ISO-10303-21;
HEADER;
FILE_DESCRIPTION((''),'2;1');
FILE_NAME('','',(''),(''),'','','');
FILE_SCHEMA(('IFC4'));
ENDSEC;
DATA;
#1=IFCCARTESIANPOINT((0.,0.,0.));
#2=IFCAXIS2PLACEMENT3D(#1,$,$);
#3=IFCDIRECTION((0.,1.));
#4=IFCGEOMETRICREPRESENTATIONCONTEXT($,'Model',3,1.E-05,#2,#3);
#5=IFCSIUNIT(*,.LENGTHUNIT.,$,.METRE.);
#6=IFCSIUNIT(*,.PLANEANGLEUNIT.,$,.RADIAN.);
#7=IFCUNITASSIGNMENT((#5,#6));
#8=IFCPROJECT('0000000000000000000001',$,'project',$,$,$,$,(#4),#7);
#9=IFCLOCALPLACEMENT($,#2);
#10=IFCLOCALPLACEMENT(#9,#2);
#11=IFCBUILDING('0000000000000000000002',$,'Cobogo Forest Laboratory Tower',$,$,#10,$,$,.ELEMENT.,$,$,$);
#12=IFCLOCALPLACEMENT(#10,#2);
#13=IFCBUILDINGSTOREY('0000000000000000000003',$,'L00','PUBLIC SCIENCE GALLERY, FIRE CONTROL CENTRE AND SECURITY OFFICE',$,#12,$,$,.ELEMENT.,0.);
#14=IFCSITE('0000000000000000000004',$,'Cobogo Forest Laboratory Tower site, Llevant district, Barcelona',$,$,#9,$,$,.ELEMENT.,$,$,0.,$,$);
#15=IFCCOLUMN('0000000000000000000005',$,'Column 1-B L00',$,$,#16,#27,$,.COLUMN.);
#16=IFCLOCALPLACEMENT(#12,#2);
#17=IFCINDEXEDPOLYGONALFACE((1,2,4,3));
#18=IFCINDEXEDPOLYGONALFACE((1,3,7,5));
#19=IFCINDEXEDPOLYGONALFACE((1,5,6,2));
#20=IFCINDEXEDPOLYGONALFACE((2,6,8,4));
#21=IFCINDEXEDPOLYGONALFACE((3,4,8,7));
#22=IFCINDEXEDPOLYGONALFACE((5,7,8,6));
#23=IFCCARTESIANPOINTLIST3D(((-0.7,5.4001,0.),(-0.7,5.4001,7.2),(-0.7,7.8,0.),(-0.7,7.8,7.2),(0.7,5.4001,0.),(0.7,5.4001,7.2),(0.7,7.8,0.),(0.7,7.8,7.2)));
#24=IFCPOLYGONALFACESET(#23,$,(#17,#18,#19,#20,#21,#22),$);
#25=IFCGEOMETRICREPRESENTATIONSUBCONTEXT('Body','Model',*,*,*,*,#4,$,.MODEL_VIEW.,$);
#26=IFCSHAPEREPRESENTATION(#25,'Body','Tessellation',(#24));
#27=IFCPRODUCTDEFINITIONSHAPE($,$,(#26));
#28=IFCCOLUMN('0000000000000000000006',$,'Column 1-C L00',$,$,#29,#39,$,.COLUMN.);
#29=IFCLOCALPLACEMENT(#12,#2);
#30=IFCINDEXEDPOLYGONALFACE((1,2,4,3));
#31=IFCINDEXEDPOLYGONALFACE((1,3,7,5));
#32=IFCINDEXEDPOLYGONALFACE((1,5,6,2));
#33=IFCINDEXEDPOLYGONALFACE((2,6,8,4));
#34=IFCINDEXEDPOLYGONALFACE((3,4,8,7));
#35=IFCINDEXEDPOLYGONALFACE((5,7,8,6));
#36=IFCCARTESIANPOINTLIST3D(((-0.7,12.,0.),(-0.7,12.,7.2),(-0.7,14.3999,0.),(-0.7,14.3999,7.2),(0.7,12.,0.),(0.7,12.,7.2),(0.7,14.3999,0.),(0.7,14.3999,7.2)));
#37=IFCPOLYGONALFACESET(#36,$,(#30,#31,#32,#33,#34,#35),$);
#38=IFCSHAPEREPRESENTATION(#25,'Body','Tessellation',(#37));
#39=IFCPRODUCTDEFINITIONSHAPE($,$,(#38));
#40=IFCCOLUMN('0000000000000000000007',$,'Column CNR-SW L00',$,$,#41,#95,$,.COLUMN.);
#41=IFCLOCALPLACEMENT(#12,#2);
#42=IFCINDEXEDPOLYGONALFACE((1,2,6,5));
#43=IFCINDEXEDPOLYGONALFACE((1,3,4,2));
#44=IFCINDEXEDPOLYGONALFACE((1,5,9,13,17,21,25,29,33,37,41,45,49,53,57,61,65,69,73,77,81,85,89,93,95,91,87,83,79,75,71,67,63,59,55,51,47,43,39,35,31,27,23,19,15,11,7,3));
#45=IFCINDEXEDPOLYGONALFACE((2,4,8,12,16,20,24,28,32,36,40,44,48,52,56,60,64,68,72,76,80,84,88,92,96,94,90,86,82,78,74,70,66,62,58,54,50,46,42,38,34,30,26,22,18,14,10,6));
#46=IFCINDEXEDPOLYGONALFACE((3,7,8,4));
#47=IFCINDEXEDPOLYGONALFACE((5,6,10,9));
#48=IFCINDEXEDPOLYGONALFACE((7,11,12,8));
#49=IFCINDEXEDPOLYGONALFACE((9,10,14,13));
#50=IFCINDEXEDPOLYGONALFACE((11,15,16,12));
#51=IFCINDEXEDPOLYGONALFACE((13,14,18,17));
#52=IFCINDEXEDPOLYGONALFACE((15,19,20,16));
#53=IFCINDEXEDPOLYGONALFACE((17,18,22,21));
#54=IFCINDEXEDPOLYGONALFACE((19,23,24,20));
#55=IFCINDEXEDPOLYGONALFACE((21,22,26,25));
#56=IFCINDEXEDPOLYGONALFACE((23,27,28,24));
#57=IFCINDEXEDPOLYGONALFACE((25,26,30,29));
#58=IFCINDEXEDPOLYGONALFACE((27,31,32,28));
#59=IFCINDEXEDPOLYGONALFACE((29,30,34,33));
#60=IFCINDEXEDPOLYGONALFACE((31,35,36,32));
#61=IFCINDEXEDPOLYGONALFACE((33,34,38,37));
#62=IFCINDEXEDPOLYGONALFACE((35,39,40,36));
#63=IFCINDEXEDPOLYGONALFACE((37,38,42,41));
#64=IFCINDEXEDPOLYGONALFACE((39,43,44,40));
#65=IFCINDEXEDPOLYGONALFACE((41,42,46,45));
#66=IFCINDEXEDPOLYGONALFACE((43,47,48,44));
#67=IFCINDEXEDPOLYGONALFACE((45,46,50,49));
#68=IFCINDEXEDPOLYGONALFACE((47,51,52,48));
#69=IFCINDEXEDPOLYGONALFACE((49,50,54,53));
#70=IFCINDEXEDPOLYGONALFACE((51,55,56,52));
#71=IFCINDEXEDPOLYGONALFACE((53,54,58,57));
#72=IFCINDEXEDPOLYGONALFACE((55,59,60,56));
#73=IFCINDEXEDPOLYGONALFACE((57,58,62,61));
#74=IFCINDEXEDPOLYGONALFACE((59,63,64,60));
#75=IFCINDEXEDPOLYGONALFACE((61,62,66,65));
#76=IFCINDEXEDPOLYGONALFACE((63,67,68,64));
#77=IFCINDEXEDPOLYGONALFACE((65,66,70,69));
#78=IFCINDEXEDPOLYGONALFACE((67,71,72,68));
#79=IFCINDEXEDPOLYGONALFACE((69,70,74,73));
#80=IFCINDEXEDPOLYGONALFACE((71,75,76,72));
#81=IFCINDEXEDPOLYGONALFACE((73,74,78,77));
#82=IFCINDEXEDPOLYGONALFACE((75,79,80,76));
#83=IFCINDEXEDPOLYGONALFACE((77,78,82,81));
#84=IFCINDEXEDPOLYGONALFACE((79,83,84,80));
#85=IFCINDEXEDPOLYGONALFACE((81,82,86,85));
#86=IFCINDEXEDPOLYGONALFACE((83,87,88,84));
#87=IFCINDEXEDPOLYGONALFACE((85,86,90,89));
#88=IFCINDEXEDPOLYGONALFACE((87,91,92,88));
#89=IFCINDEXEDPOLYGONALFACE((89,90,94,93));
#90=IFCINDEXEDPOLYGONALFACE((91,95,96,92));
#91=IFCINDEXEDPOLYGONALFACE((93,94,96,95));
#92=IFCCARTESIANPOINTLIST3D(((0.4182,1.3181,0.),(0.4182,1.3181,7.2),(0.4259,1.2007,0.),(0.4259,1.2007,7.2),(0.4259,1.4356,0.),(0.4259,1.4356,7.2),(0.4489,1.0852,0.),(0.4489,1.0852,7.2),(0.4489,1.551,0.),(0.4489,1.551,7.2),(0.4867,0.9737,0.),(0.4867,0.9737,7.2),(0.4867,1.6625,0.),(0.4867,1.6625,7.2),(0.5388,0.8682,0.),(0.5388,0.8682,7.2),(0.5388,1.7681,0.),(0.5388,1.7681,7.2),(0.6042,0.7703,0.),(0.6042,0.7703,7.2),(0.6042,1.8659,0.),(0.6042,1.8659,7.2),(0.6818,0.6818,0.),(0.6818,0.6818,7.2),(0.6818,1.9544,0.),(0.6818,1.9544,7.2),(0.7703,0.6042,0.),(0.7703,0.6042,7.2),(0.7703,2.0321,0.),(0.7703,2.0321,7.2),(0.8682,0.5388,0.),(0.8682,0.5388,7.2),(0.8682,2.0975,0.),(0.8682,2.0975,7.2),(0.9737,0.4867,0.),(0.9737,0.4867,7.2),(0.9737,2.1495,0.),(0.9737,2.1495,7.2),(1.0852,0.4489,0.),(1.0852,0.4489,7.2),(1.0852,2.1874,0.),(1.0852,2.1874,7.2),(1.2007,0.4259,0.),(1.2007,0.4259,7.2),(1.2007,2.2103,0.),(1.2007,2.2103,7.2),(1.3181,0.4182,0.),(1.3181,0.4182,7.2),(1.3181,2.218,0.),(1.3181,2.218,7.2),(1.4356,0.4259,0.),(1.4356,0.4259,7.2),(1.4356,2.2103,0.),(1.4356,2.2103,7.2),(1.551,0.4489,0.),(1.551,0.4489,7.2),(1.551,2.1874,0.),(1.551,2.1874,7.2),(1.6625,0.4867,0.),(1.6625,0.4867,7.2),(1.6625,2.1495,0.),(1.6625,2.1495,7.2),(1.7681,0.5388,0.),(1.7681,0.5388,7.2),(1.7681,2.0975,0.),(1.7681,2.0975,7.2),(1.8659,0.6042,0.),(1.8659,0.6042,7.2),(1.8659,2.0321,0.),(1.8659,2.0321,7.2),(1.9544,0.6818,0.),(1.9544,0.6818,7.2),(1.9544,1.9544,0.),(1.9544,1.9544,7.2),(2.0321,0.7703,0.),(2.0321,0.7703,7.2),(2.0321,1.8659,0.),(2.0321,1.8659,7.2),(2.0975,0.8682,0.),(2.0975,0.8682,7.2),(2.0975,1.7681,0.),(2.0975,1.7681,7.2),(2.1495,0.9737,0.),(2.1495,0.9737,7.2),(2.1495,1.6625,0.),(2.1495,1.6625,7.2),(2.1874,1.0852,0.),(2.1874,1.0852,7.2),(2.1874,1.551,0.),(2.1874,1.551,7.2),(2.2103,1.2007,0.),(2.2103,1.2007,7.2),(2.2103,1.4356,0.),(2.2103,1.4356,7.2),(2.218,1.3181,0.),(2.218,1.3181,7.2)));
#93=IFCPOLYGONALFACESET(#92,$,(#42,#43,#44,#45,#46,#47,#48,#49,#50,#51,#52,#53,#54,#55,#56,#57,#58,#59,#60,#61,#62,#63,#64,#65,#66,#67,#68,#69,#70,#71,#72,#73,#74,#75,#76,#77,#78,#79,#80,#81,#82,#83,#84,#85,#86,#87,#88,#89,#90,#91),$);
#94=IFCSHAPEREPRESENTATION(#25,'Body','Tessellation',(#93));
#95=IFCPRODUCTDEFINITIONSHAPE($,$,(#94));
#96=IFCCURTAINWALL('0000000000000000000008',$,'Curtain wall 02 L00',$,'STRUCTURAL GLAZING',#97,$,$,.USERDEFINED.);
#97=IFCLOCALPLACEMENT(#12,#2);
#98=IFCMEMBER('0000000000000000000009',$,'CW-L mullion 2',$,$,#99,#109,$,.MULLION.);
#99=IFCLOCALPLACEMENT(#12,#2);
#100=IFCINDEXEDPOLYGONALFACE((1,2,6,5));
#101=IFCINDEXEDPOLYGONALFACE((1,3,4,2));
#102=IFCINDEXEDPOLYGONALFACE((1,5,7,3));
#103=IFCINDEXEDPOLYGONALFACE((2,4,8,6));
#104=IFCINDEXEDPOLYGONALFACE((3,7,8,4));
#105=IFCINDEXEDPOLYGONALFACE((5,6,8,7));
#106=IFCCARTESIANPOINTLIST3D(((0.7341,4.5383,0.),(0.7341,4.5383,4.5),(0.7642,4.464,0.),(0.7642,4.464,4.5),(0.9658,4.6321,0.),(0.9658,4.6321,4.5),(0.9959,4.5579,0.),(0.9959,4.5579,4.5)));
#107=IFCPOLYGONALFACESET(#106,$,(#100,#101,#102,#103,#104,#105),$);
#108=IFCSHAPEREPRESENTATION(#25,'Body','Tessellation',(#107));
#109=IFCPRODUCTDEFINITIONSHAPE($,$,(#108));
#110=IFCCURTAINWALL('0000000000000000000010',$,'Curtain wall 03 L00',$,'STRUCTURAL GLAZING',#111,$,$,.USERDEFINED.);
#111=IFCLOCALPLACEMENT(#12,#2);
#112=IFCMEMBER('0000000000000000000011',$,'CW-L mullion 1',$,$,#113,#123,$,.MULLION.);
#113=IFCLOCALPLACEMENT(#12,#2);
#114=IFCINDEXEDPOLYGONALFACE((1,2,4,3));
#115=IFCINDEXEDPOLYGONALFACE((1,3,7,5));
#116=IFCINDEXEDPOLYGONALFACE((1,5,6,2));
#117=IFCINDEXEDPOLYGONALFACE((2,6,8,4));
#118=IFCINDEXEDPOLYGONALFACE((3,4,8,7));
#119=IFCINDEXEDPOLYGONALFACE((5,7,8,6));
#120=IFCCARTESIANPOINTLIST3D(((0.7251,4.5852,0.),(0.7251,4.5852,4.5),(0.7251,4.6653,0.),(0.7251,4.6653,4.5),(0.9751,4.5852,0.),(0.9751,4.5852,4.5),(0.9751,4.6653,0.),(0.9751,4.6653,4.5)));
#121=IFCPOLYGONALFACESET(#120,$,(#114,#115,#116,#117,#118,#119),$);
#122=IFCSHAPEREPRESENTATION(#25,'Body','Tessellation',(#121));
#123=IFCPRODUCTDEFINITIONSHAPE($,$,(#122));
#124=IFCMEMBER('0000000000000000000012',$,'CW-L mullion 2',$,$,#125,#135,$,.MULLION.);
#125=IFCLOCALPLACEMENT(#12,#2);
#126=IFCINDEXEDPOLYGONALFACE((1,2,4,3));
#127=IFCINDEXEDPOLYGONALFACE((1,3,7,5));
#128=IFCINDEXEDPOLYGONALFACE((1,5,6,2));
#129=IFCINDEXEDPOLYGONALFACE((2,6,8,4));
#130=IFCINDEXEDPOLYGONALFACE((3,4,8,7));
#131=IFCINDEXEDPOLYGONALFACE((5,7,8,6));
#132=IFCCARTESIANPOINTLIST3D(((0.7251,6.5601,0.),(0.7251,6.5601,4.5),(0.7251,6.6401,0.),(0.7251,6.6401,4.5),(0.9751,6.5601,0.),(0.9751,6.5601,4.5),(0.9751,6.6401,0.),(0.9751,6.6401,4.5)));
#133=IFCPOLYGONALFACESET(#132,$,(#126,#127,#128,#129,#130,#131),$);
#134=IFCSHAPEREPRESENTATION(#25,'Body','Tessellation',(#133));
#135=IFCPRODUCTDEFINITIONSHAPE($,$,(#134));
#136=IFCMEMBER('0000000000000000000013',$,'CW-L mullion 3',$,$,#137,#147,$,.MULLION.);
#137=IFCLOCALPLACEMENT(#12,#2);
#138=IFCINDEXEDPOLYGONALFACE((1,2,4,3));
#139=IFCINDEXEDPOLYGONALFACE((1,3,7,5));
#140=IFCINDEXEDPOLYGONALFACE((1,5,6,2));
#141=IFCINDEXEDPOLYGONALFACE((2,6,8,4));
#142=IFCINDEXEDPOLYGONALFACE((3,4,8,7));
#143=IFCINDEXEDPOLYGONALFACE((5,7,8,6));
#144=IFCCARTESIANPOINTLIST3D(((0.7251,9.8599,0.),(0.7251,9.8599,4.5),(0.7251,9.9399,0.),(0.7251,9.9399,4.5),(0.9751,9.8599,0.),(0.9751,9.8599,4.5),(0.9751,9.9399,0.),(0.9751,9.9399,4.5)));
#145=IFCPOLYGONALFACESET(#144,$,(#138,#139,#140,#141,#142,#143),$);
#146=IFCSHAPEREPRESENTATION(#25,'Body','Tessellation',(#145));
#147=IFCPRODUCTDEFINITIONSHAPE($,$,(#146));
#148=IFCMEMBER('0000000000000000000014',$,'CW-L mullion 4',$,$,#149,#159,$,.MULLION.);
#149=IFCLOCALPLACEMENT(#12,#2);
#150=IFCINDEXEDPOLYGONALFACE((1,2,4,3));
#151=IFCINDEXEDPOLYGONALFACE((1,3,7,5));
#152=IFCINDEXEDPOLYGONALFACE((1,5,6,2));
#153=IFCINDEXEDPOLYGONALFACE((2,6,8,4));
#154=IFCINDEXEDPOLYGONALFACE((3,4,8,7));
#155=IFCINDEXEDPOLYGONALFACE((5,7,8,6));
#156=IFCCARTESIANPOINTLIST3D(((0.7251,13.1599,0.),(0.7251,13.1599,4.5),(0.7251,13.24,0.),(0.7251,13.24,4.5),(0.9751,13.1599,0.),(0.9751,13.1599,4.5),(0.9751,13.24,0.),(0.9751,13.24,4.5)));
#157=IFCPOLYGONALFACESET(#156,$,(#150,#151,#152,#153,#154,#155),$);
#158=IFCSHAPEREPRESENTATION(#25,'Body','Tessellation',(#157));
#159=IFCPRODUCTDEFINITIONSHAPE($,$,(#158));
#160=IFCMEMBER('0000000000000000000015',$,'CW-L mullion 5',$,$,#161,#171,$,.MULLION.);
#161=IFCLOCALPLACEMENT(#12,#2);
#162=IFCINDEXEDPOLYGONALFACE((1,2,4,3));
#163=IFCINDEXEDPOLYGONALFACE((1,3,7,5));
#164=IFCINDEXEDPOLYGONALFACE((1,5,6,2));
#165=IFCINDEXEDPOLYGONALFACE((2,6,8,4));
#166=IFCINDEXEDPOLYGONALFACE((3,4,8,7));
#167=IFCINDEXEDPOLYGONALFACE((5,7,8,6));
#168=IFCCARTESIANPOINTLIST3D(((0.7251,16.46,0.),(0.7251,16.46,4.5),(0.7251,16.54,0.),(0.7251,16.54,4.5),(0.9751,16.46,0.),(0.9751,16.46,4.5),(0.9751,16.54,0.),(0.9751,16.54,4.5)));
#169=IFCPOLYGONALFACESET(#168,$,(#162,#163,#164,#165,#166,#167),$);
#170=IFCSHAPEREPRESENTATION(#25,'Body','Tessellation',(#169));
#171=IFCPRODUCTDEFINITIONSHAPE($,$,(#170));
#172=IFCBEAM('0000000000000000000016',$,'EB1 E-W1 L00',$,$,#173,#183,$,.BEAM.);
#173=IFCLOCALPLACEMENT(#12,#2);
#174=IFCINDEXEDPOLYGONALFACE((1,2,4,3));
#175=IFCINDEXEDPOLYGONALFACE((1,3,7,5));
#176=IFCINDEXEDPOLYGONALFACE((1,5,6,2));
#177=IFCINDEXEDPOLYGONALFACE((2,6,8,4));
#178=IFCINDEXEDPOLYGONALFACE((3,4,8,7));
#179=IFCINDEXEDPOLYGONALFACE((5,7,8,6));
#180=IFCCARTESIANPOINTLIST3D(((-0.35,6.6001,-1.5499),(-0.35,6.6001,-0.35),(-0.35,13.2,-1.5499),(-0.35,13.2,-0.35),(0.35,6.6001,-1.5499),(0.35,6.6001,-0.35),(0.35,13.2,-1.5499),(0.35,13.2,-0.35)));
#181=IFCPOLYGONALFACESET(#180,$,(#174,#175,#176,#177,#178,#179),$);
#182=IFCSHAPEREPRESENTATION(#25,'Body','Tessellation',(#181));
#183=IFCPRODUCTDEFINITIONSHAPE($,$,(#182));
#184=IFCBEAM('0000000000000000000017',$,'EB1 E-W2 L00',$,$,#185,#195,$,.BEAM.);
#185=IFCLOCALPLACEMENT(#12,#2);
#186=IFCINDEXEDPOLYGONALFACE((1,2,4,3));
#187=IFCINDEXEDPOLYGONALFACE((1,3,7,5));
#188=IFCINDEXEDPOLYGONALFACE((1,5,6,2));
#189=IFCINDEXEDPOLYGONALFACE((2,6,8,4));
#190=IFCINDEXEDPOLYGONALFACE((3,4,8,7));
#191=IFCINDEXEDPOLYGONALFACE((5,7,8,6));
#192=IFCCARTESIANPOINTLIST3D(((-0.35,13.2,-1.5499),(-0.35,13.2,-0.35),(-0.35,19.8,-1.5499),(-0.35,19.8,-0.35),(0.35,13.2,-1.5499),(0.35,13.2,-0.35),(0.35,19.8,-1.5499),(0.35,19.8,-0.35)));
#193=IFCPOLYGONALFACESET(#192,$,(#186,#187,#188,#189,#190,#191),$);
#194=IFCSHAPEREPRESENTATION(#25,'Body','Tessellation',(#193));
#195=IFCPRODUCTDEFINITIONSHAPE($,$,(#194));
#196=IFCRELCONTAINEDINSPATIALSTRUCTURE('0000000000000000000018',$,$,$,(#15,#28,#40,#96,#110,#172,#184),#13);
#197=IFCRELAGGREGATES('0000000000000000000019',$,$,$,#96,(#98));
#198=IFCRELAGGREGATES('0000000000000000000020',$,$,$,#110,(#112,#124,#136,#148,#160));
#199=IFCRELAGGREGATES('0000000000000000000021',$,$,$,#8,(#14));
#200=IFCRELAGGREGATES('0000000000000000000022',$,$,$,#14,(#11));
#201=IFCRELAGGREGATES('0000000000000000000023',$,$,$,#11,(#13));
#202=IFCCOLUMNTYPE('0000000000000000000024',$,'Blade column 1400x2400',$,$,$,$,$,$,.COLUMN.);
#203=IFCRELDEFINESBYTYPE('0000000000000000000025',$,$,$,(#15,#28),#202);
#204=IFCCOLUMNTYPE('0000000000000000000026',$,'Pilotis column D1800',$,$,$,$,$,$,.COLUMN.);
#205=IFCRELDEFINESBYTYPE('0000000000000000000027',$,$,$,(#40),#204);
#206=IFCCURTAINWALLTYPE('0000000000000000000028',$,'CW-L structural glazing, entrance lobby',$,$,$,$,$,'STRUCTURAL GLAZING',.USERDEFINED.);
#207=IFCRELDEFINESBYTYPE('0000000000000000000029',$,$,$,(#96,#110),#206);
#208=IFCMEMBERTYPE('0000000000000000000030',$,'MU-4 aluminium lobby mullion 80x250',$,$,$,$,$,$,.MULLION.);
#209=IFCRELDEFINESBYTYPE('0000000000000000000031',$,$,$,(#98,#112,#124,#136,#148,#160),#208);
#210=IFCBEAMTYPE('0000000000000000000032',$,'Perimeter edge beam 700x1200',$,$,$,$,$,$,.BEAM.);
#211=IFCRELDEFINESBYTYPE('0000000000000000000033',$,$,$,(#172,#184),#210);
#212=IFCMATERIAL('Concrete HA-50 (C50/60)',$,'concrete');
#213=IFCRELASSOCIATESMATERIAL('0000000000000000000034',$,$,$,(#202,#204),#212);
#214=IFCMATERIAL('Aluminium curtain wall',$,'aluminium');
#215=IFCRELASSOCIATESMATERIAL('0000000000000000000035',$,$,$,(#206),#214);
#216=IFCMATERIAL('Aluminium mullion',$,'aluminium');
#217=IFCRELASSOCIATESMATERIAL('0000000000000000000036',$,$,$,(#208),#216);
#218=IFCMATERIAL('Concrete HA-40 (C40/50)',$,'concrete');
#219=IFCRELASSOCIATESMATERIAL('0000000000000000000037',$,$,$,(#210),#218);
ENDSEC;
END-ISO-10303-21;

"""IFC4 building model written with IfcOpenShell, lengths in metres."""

from ifc_helpers import new_model, si_unit, direction, frame, origin, origin_2d, place, context, subcontext, project, spatial, rectangle, circle, extrude, material, material_profile, profile_set, type_object, element, aggregate, save


model = new_model("IFC4")

# Units and contexts
model_context = context("Model", 3, precision=1e-05, world=origin(), true_north=direction((0.0, 1.0)))
body_context = subcontext(model_context, "Body", "Model", "MODEL_VIEW")
ifc_project = project(units=[si_unit("LENGTHUNIT", "METRE"), si_unit("PLANEANGLEUNIT", "RADIAN")], contexts=[model_context])

# Site, building, storey
site_placement = place(None, origin())
site = spatial("IfcSite", under=ifc_project, at=site_placement, Name="Cobogo Forest Laboratory Tower site, Llevant district, Barcelona", CompositionType="ELEMENT", RefElevation=0.0)
building_placement = place(site_placement, origin())
building = spatial("IfcBuilding", under=site, at=building_placement, Name="Cobogo Forest Laboratory Tower", CompositionType="ELEMENT")
storey_placement = place(building_placement, origin())
storey = spatial("IfcBuildingStorey", under=building, at=storey_placement, Name="L00", Description="PUBLIC SCIENCE GALLERY, FIRE CONTROL CENTRE AND SECURITY OFFICE", CompositionType="ELEMENT", Elevation=0.0)

# Columns
ifc_material_1 = material(Name="Concrete HA-50 (C50/60)", Category="concrete")
ifc_material_profile_1 = material_profile(ifc_material_1, rectangle(XDim=2.3999, YDim=1.3999, at=origin_2d()), Name="RC 1400x2400")
ifc_profile_set_1 = profile_set([ifc_material_profile_1], Name="Concrete HA-50 (C50/60)")
column_type_1 = type_object("IfcColumnType", Name="Blade column 1400x2400", PredefinedType="COLUMN", material=ifc_profile_set_1)
for number, where, z_axis, x_axis, name in (
    (1, (0.0, 6.6001, 0.0), (0.0, 0.0, 1.0), (0.0, 1.0, 0.0), "Column 1-B L00"),
    (2, (0.0, 13.2, 0.0), (0.0, 0.0, 1.0), (0.0, 1.0, 0.0), "Column 1-C L00"),
):
    element("IfcColumn", number, at=place(storey_placement, frame(where, z_axis=z_axis, x_axis=x_axis)), inside=storey, type_object=column_type_1, Name=name, PredefinedType="COLUMN", context=body_context, shape_type="SweptSolid", body=[
        extrude(rectangle(XDim=2.3999, YDim=1.3999, at=origin_2d()), origin(), (0.0, 0.0, 1.0), 7.2),
    ])
ifc_material_profile_2 = material_profile(ifc_material_1, circle(Radius=0.8999, at=origin_2d()), Name="RC D1800")
ifc_profile_set_2 = profile_set([ifc_material_profile_2], Name="Concrete HA-50 (C50/60)")
column_type_2 = type_object("IfcColumnType", Name="Pilotis column D1800", PredefinedType="COLUMN", material=ifc_profile_set_2)
column_placement = place(storey_placement, frame((1.3181, 1.3181, 0.0), z_axis=(0.0, 0.0, 1.0), x_axis=(1.0, 0.0, 0.0)))
element("IfcColumn", 3, at=column_placement, inside=storey, type_object=column_type_2, Name="Column CNR-SW L00", PredefinedType="COLUMN", context=body_context, shape_type="SweptSolid", body=[
    extrude(circle(Radius=0.8999, at=origin_2d()), origin(), (0.0, 0.0, 1.0), 7.2),
])

# Curtain wall, member
ifc_material_2 = material(Name="Aluminium curtain wall", Category="aluminium")
curtain_wall_type = type_object("IfcCurtainWallType", Name="CW-L structural glazing, entrance lobby", ElementType="STRUCTURAL GLAZING", PredefinedType="USERDEFINED", material=ifc_material_2)
curtain_wall_1_placement = place(storey_placement, origin())
curtain_wall_1 = element("IfcCurtainWall", 4, at=curtain_wall_1_placement, inside=storey, type_object=curtain_wall_type, Name="Curtain wall 02 L00", ObjectType="STRUCTURAL GLAZING", PredefinedType="USERDEFINED")
ifc_material_3 = material(Name="Aluminium mullion", Category="aluminium")
ifc_material_profile_3 = material_profile(ifc_material_3, rectangle(XDim=0.0801, YDim=0.25, at=origin_2d()), Name="AL 80x250")
ifc_profile_set_3 = profile_set([ifc_material_profile_3], Name="Aluminium mullion")
member_type_1 = type_object("IfcMemberType", Name="MU-4 aluminium lobby mullion 80x250", PredefinedType="MULLION", material=ifc_profile_set_3)
member_1_placement = place(storey_placement, frame((0.865, 4.5481, 0.0), z_axis=(0.0, 0.0, 1.0), x_axis=(-0.375507, 0.92682, 0.0)))
member_1 = element("IfcMember", 5, at=member_1_placement, type_object=member_type_1, Name="CW-L mullion 2", PredefinedType="MULLION", context=body_context, shape_type="SweptSolid", body=[
    extrude(rectangle(XDim=0.0801, YDim=0.25, at=origin_2d()), origin(), (0.0, 0.0, 1.0), 4.5),
])

# Curtain wall, members
curtain_wall_2_placement = place(storey_placement, origin())
curtain_wall_2 = element("IfcCurtainWall", 6, at=curtain_wall_2_placement, inside=storey, type_object=curtain_wall_type, Name="Curtain wall 03 L00", ObjectType="STRUCTURAL GLAZING", PredefinedType="USERDEFINED")
member_2_placement = place(storey_placement, frame((0.8501, 4.6252, 0.0), z_axis=(0.0, 0.0, 1.0), x_axis=(0.0, 1.0, 0.0)))
member_2 = element("IfcMember", 7, at=member_2_placement, type_object=member_type_1, Name="CW-L mullion 1", PredefinedType="MULLION", context=body_context, shape_type="SweptSolid", body=[
    extrude(rectangle(XDim=0.0801, YDim=0.25, at=origin_2d()), origin(), (0.0, 0.0, 1.0), 4.5),
])
member_3_placement = place(storey_placement, frame((0.8501, 6.6001, 0.0), z_axis=(0.0, 0.0, 1.0), x_axis=(0.0, 1.0, 0.0)))
member_3 = element("IfcMember", 8, at=member_3_placement, type_object=member_type_1, Name="CW-L mullion 2", PredefinedType="MULLION", context=body_context, shape_type="SweptSolid", body=[
    extrude(rectangle(XDim=0.0801, YDim=0.25, at=origin_2d()), origin(), (0.0, 0.0, 1.0), 4.5),
])
member_4_placement = place(storey_placement, frame((0.8501, 9.8999, 0.0), z_axis=(0.0, 0.0, 1.0), x_axis=(0.0, 1.0, 0.0)))
member_4 = element("IfcMember", 9, at=member_4_placement, type_object=member_type_1, Name="CW-L mullion 3", PredefinedType="MULLION", context=body_context, shape_type="SweptSolid", body=[
    extrude(rectangle(XDim=0.0801, YDim=0.25, at=origin_2d()), origin(), (0.0, 0.0, 1.0), 4.5),
])
member_5_placement = place(storey_placement, frame((0.8501, 13.2, 0.0), z_axis=(0.0, 0.0, 1.0), x_axis=(0.0, 1.0, 0.0)))
member_5 = element("IfcMember", 10, at=member_5_placement, type_object=member_type_1, Name="CW-L mullion 4", PredefinedType="MULLION", context=body_context, shape_type="SweptSolid", body=[
    extrude(rectangle(XDim=0.0801, YDim=0.25, at=origin_2d()), origin(), (0.0, 0.0, 1.0), 4.5),
])
member_6_placement = place(storey_placement, frame((0.8501, 16.5, 0.0), z_axis=(0.0, 0.0, 1.0), x_axis=(0.0, 1.0, 0.0)))
member_6 = element("IfcMember", 11, at=member_6_placement, type_object=member_type_1, Name="CW-L mullion 5", PredefinedType="MULLION", context=body_context, shape_type="SweptSolid", body=[
    extrude(rectangle(XDim=0.0801, YDim=0.25, at=origin_2d()), origin(), (0.0, 0.0, 1.0), 4.5),
])

# Beams
ifc_material_4 = material(Name="Concrete HA-40 (C40/50)", Category="concrete")
ifc_material_profile_4 = material_profile(ifc_material_4, rectangle(XDim=0.7, YDim=1.2, at=origin_2d()), Name="RC 700x1200")
ifc_profile_set_4 = profile_set([ifc_material_profile_4], Name="Concrete HA-40 (C40/50)")
beam_type_1 = type_object("IfcBeamType", Name="Perimeter edge beam 700x1200", PredefinedType="BEAM", material=ifc_profile_set_4)
beam_1_placement = place(storey_placement, frame((0.0, 6.6001, -0.95), z_axis=(0.0, 1.0, 0.0), x_axis=(-1.0, 0.0, 0.0)))
element("IfcBeam", 12, at=beam_1_placement, inside=storey, type_object=beam_type_1, Name="EB1 E-W1 L00", PredefinedType="BEAM", context=body_context, shape_type="SweptSolid", body=[
    extrude(rectangle(XDim=0.7, YDim=1.2, at=origin_2d()), origin(), (0.0, 0.0, 1.0), 6.5999),
])
beam_2_placement = place(storey_placement, frame((0.0, 13.2, -0.95), z_axis=(0.0, 1.0, 0.0), x_axis=(-1.0, 0.0, 0.0)))
element("IfcBeam", 13, at=beam_2_placement, inside=storey, type_object=beam_type_1, Name="EB1 E-W2 L00", PredefinedType="BEAM", context=body_context, shape_type="SweptSolid", body=[
    extrude(rectangle(XDim=0.7, YDim=1.2, at=origin_2d()), origin(), (0.0, 0.0, 1.0), 6.6001),
])

aggregate(curtain_wall_1, [member_1])
aggregate(curtain_wall_2, [member_2, member_3, member_4, member_5, member_6])

save(model, "model.ifc")
